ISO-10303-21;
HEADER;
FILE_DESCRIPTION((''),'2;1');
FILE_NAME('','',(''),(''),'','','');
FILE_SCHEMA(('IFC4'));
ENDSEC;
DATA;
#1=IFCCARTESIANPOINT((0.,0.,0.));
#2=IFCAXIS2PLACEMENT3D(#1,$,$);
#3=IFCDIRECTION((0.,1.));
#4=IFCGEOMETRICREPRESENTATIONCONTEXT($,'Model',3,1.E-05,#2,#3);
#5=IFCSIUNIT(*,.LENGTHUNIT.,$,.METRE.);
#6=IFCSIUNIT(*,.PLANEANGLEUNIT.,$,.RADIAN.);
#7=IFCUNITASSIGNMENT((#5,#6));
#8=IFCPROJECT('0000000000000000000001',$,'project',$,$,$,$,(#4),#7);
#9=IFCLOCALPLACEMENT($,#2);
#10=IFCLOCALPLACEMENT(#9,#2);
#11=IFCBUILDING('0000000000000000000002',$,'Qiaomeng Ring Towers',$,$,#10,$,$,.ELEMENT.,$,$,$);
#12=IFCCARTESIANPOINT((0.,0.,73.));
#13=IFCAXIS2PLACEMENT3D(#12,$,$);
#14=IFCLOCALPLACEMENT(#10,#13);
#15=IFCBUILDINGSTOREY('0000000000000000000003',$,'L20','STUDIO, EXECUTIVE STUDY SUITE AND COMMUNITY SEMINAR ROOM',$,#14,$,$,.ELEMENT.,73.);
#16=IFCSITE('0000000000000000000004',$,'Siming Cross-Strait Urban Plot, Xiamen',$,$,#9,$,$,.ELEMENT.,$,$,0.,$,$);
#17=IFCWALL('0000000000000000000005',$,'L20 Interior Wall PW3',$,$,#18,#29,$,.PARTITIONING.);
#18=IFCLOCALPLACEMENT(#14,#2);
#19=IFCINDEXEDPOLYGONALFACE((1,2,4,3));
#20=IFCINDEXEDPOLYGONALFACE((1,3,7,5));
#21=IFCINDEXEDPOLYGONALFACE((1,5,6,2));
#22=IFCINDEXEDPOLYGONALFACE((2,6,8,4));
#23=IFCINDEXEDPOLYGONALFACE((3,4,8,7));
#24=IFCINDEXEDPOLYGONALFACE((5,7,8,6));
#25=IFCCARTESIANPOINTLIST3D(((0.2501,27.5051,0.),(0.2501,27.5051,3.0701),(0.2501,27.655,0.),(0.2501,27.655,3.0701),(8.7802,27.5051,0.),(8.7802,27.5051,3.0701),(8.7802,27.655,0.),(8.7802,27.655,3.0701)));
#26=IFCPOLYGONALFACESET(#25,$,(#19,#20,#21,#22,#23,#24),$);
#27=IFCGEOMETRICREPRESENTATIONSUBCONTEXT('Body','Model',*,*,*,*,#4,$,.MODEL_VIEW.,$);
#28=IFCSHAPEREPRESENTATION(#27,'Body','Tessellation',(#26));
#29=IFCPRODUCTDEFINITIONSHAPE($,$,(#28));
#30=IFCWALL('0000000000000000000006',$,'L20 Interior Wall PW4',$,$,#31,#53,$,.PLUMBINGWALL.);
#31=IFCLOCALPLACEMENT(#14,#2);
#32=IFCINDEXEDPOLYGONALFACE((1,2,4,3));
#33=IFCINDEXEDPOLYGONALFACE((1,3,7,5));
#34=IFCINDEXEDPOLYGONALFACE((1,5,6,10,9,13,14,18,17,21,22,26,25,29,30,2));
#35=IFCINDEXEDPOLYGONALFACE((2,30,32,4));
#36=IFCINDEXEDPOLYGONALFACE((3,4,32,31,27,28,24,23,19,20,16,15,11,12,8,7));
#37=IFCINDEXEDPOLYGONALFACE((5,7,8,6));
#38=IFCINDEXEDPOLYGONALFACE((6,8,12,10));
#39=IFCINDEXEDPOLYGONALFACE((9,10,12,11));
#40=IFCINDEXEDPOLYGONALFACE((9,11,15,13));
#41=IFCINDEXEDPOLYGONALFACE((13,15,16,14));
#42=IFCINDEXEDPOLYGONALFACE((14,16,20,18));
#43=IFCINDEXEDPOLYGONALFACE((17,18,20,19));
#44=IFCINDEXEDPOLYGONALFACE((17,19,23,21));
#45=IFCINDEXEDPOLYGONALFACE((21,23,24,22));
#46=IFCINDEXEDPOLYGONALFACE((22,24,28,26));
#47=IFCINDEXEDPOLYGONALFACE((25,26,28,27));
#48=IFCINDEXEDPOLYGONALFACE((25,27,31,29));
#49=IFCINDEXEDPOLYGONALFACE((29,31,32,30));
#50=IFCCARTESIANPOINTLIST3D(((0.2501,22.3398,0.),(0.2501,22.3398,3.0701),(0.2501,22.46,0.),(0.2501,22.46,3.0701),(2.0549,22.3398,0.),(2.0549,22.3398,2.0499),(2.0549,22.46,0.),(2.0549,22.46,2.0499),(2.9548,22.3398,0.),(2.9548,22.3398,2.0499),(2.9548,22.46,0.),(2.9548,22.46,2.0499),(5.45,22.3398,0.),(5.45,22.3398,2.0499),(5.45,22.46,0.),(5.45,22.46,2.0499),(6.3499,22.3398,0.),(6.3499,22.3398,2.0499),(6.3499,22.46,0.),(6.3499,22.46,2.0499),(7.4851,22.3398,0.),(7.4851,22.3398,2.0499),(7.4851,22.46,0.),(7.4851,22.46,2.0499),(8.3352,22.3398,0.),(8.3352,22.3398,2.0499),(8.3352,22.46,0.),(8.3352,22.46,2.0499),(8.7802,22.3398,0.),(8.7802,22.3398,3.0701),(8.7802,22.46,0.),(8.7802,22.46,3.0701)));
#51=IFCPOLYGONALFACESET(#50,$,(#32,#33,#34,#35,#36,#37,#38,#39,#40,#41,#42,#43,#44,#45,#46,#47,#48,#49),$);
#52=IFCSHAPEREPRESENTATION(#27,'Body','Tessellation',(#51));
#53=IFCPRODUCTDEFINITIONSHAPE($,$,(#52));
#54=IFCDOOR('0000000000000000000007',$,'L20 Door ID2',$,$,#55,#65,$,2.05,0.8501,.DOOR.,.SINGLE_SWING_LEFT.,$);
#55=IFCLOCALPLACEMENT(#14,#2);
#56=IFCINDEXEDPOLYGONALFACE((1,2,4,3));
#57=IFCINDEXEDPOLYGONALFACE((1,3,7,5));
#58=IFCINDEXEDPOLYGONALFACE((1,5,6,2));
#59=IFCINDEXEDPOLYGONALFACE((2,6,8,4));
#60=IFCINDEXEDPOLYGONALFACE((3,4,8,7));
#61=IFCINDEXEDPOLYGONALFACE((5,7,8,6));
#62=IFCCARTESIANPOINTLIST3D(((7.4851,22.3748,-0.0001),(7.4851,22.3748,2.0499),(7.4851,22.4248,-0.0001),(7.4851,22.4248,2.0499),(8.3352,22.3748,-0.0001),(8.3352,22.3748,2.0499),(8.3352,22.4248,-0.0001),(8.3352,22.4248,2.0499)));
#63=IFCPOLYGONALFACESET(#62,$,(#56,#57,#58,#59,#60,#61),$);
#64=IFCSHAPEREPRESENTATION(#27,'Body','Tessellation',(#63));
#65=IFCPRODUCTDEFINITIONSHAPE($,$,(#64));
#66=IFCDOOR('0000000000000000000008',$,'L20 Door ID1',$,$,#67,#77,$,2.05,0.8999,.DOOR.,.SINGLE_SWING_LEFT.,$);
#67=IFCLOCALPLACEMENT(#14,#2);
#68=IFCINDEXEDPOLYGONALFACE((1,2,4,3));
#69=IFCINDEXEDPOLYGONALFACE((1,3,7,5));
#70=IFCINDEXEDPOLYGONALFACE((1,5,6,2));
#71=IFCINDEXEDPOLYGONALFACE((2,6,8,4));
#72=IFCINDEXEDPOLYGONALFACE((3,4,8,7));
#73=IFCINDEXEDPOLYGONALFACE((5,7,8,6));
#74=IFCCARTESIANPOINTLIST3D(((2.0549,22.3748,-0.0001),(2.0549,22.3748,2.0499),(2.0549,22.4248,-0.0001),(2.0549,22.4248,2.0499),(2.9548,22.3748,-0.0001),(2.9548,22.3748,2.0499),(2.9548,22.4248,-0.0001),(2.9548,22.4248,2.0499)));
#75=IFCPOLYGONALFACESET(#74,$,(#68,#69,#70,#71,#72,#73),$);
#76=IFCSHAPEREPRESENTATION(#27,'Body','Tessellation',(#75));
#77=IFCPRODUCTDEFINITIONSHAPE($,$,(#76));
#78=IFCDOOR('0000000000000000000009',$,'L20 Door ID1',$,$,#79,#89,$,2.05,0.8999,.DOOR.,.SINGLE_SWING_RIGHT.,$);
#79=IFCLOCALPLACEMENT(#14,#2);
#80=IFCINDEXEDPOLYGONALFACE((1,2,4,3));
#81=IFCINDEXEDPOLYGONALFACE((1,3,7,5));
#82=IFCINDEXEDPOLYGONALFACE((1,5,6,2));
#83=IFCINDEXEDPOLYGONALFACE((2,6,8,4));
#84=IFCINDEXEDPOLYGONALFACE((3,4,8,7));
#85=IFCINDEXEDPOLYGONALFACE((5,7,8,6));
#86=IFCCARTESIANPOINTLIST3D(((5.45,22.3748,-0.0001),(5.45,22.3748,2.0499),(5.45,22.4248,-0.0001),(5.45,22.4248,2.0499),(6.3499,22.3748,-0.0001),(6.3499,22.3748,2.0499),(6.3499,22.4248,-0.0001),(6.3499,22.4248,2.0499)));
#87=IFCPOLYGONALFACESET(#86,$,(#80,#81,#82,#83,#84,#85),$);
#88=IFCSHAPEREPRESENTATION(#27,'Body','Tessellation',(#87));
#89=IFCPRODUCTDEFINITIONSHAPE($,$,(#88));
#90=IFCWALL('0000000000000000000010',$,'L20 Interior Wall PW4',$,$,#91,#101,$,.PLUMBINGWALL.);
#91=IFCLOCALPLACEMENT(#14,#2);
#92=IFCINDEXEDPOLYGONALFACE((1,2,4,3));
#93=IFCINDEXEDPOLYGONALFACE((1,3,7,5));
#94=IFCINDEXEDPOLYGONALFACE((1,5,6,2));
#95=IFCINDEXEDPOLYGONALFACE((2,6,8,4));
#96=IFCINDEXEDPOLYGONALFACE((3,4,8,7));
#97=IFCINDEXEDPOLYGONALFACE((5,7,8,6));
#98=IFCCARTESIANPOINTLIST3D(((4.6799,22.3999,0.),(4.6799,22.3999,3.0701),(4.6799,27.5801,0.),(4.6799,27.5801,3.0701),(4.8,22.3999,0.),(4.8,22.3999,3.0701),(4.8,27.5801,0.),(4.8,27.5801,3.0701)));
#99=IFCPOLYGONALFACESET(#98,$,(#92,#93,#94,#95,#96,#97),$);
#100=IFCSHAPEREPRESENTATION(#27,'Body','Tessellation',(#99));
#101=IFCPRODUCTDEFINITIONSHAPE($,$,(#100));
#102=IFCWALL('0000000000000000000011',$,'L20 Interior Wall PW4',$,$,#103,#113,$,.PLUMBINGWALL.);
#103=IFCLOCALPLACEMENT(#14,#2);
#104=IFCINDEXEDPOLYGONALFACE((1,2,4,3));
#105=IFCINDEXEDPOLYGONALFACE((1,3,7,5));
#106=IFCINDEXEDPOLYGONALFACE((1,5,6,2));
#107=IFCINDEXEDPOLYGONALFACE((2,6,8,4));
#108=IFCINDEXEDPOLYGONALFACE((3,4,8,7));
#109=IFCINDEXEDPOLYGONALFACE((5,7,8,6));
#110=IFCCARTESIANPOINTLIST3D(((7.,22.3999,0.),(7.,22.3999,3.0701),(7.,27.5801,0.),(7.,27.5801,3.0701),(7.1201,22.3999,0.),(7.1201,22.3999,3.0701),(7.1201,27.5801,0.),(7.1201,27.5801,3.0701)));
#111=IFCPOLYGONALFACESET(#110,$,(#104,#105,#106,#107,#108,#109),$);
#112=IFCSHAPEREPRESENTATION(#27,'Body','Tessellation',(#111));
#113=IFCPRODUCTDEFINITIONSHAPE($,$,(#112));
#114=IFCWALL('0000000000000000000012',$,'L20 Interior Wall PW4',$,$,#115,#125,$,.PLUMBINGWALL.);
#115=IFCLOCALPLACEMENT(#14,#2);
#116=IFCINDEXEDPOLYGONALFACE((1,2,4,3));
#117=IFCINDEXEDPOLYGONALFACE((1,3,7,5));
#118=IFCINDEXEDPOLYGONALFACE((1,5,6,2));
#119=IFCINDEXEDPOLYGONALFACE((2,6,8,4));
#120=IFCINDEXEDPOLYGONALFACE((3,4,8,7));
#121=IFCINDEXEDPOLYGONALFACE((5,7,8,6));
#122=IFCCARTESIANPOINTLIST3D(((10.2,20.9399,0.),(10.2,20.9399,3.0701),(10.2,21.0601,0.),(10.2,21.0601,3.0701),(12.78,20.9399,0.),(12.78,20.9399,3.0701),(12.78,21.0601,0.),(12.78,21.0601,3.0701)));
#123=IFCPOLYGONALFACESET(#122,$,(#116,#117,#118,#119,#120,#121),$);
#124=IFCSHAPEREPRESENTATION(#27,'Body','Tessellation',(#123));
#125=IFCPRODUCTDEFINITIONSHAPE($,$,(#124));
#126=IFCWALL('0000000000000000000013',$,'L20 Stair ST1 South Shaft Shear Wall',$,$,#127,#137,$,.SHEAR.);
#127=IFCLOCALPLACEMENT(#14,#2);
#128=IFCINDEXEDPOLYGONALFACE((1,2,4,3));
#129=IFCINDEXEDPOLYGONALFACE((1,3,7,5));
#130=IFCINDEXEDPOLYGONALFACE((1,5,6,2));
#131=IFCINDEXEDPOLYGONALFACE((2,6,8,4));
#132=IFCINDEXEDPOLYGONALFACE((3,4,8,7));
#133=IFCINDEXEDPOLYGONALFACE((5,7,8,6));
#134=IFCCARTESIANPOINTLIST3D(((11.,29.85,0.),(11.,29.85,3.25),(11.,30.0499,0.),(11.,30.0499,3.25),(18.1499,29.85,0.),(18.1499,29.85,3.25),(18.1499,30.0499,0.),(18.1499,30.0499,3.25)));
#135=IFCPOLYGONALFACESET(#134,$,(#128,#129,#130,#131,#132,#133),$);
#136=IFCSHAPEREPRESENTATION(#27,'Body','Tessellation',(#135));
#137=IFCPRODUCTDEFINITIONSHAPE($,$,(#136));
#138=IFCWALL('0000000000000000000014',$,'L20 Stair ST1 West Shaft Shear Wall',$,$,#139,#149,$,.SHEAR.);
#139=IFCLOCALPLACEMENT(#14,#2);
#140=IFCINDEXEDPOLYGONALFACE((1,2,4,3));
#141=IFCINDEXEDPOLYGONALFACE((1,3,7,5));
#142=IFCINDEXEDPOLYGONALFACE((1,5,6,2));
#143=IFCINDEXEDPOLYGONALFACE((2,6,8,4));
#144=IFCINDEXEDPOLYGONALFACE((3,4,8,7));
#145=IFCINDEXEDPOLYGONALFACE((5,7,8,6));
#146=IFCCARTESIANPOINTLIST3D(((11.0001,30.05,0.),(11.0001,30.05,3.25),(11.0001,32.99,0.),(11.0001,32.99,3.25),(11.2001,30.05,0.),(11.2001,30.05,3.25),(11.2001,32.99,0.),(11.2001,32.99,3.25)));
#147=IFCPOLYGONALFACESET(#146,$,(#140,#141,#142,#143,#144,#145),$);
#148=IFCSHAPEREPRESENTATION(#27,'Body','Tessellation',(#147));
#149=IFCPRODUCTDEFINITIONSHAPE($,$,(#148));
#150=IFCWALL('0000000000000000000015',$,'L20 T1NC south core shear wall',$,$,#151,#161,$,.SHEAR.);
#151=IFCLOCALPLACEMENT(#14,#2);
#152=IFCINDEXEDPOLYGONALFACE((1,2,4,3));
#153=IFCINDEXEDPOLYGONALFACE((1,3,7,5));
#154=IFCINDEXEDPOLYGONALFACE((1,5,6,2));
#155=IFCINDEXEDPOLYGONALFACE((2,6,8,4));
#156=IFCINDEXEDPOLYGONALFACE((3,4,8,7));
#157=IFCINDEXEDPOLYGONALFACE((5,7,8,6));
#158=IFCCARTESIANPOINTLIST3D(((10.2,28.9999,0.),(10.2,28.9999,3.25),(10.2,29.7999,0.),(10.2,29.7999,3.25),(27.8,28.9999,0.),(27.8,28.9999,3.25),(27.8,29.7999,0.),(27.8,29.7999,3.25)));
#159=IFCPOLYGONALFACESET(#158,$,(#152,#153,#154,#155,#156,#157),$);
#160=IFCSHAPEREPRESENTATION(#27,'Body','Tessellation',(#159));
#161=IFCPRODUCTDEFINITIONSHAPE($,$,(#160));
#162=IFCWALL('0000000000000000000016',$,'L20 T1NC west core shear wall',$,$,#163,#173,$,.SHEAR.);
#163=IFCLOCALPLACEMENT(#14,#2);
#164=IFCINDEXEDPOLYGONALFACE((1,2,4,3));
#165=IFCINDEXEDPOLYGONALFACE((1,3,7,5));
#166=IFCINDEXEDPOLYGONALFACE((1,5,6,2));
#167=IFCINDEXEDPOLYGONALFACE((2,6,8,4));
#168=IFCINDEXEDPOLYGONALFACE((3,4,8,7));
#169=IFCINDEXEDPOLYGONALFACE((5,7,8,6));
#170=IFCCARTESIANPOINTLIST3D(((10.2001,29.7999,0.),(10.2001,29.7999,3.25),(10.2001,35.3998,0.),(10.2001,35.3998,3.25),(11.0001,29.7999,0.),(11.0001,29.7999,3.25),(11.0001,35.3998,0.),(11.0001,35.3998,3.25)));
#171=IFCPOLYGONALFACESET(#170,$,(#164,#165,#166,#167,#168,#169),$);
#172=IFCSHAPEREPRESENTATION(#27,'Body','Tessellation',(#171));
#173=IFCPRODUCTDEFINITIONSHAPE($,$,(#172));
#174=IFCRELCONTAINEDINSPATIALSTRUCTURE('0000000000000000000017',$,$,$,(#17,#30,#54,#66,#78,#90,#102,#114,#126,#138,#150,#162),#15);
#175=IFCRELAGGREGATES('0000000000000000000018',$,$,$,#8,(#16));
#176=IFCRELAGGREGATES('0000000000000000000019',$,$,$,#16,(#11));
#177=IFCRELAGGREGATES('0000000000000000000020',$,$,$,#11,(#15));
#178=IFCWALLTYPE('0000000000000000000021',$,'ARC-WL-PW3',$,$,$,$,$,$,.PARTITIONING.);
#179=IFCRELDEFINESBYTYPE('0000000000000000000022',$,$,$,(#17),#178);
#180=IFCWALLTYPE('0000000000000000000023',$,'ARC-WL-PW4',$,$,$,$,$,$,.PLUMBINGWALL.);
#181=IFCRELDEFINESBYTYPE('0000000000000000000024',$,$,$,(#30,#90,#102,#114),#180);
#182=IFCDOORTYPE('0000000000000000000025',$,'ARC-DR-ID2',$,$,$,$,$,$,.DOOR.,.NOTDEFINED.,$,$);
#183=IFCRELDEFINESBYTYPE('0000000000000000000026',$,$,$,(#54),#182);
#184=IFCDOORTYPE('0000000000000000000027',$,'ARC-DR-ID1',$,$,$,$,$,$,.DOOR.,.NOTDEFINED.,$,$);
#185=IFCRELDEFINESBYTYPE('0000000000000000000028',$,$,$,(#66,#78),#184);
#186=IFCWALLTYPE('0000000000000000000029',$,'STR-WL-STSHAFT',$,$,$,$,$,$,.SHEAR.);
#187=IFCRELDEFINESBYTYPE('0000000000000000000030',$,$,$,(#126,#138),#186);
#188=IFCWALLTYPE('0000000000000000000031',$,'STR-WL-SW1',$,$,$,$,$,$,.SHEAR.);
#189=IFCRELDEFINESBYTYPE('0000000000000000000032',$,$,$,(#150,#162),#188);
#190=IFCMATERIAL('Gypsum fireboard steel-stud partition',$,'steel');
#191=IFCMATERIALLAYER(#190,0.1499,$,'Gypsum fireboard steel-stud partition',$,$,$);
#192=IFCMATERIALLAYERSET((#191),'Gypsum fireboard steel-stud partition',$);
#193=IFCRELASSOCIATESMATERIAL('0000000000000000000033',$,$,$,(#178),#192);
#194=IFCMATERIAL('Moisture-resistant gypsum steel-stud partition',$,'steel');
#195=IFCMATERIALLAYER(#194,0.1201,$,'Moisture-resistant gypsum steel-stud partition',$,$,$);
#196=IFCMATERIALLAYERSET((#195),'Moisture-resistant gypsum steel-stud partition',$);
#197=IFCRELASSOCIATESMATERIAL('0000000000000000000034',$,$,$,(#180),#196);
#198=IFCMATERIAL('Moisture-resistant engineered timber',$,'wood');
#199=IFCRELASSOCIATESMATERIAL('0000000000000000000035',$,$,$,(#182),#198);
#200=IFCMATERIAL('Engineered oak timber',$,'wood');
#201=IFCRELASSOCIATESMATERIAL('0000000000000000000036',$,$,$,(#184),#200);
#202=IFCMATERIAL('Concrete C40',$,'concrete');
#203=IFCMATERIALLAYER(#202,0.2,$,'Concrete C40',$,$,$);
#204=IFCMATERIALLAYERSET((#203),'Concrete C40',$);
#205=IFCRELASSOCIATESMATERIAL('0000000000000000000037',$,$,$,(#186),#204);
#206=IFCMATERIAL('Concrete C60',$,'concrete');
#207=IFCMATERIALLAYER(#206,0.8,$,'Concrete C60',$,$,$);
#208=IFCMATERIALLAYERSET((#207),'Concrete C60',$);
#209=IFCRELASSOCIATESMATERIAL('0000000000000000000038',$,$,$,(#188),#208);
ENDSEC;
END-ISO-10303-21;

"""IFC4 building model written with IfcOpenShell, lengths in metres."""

from ifc_helpers import new_model, si_unit, direction, frame, frame_2d, origin, place, context, subcontext, project, spatial, rectangle, extrude, source, transform, mapped, material, layer, layer_set, type_object, element, fill, save


model = new_model("IFC4")

# Units and contexts
model_context = context("Model", 3, precision=1e-05, world=origin(), true_north=direction((0.0, 1.0)))
body_context = subcontext(model_context, "Body", "Model", "MODEL_VIEW")
ifc_project = project(units=[si_unit("LENGTHUNIT", "METRE"), si_unit("PLANEANGLEUNIT", "RADIAN")], contexts=[model_context])

# Site, building, storey
site_placement = place(None, origin())
site = spatial("IfcSite", under=ifc_project, at=site_placement, Name="Siming Cross-Strait Urban Plot, Xiamen", CompositionType="ELEMENT", RefElevation=0.0)
building_placement = place(site_placement, origin())
building = spatial("IfcBuilding", under=site, at=building_placement, Name="Qiaomeng Ring Towers", CompositionType="ELEMENT")
storey_placement = place(building_placement, frame((0.0, 0.0, 73.0)))
storey = spatial("IfcBuildingStorey", under=building, at=storey_placement, Name="L20", Description="STUDIO, EXECUTIVE STUDY SUITE AND COMMUNITY SEMINAR ROOM", CompositionType="ELEMENT", Elevation=73.0)

# Shared definitions
ifc_material_1 = material(Name="Concrete C60", Category="concrete")

# Wall
ifc_material_2 = material(Name="Gypsum fireboard steel-stud partition", Category="steel")
ifc_layer_1 = layer(ifc_material_2, 0.1499, Name="Gypsum fireboard steel-stud partition")
ifc_layer_set_1 = layer_set([ifc_layer_1], Name="Gypsum fireboard steel-stud partition")
wall_type_1 = type_object("IfcWallType", Name="ARC-WL-PW3", PredefinedType="PARTITIONING", material=ifc_layer_set_1)
wall_1_placement = place(storey_placement, frame((0.25, 27.5801, 0.0), z_axis=(0.0, 0.0, 1.0), x_axis=(1.0, 0.0, 0.0)))
element("IfcWall", 1, at=wall_1_placement, inside=storey, type_object=wall_type_1, Name="L20 Interior Wall PW3", PredefinedType="PARTITIONING", context=body_context, shape_type="SweptSolid", body=[
    extrude(rectangle(XDim=8.53, YDim=0.1499, at=frame_2d((4.2651, 0.0))), origin(), (0.0, 0.0, 1.0), 3.0701),
])

# Wall, openings, doors
ifc_material_3 = material(Name="Moisture-resistant gypsum steel-stud partition", Category="steel")
ifc_layer_2 = layer(ifc_material_3, 0.1201, Name="Moisture-resistant gypsum steel-stud partition")
ifc_layer_set_2 = layer_set([ifc_layer_2], Name="Moisture-resistant gypsum steel-stud partition")
wall_type_2 = type_object("IfcWallType", Name="ARC-WL-PW4", PredefinedType="PLUMBINGWALL", material=ifc_layer_set_2)
wall_2_placement = place(storey_placement, frame((0.25, 22.3999, 0.0), z_axis=(0.0, 0.0, 1.0), x_axis=(1.0, 0.0, 0.0)))
wall_2 = element("IfcWall", 2, at=wall_2_placement, inside=storey, type_object=wall_type_2, Name="L20 Interior Wall PW4", PredefinedType="PLUMBINGWALL", context=body_context, shape_type="SweptSolid", body=[
    extrude(rectangle(XDim=8.53, YDim=0.1201, at=frame_2d((4.2651, 0.0))), origin(), (0.0, 0.0, 1.0), 3.0701),
])
opening_1_placement = place(wall_2_placement, frame((1.8049, 0.0, 0.0)))
opening_1 = element("IfcOpeningElement", 3, at=opening_1_placement, cuts=wall_2, PredefinedType="OPENING", context=body_context, shape_type="SweptSolid", body=[
    extrude(rectangle(XDim=0.8999, YDim=2.05, at=frame_2d((0.45, 1.0249))), frame((0.0, 0.0701, 0.0), z_axis=(0.0, -1.0, 0.0), x_axis=(1.0, 0.0, 0.0)), (0.0, 0.0, 1.0), 0.1401),
])
opening_2_placement = place(wall_2_placement, frame((5.2, 0.0, 0.0)))
opening_2 = element("IfcOpeningElement", 4, at=opening_2_placement, cuts=wall_2, PredefinedType="OPENING", context=body_context, shape_type="SweptSolid", body=[
    extrude(rectangle(XDim=0.8999, YDim=2.05, at=frame_2d((0.45, 1.0249))), frame((0.0, 0.0701, 0.0), z_axis=(0.0, -1.0, 0.0), x_axis=(1.0, 0.0, 0.0)), (0.0, 0.0, 1.0), 0.1401),
])
opening_3_placement = place(wall_2_placement, frame((7.2351, 0.0, 0.0)))
opening_3 = element("IfcOpeningElement", 5, at=opening_3_placement, cuts=wall_2, PredefinedType="OPENING", context=body_context, shape_type="SweptSolid", body=[
    extrude(rectangle(XDim=0.8501, YDim=2.05, at=frame_2d((0.425, 1.0249))), frame((0.0, 0.0701, 0.0), z_axis=(0.0, -1.0, 0.0), x_axis=(1.0, 0.0, 0.0)), (0.0, 0.0, 1.0), 0.1401),
])
ifc_material_4 = material(Name="Moisture-resistant engineered timber", Category="wood")
door_type_1 = type_object("IfcDoorType", Name="ARC-DR-ID2", OperationType="NOTDEFINED", PredefinedType="DOOR", material=ifc_material_4)
shared_shape_1 = source(origin(), body_context, "Body", "SweptSolid", [
    extrude(rectangle(XDim=0.8501, YDim=2.05, at=frame_2d((0.425, 1.0249))), frame((0.0, 0.0249, 0.0), z_axis=(0.0, -1.0, 0.0), x_axis=(1.0, 0.0, 0.0)), (0.0, 0.0, 1.0), 0.05),
])
door_1_placement = place(opening_3_placement, origin())
door_1 = element("IfcDoor", 6, at=door_1_placement, inside=storey, type_object=door_type_1, Name="L20 Door ID2", OperationType="SINGLE_SWING_LEFT", OverallHeight=2.05, OverallWidth=0.8501, PredefinedType="DOOR", context=body_context, shape_type="MappedRepresentation", body=[
    mapped(shared_shape_1, transform((0.0, 0.0, 0.0), x_axis=(1.0, 0.0, 0.0), y_axis=(0.0, 1.0, 0.0), z_axis=(0.0, 0.0, 1.0), scale=1.0)),
])
fill(opening_3, door_1)
ifc_material_5 = material(Name="Engineered oak timber", Category="wood")
door_type_2 = type_object("IfcDoorType", Name="ARC-DR-ID1", OperationType="NOTDEFINED", PredefinedType="DOOR", material=ifc_material_5)
shared_shape_2 = source(origin(), body_context, "Body", "SweptSolid", [
    extrude(rectangle(XDim=0.8999, YDim=2.05, at=frame_2d((0.45, 1.0249))), frame((0.0, 0.0249, 0.0), z_axis=(0.0, -1.0, 0.0), x_axis=(1.0, 0.0, 0.0)), (0.0, 0.0, 1.0), 0.05),
])
door_2_placement = place(opening_1_placement, origin())
door_2 = element("IfcDoor", 7, at=door_2_placement, inside=storey, type_object=door_type_2, Name="L20 Door ID1", OperationType="SINGLE_SWING_LEFT", OverallHeight=2.05, OverallWidth=0.8999, PredefinedType="DOOR", context=body_context, shape_type="MappedRepresentation", body=[
    mapped(shared_shape_2, transform((0.0, 0.0, 0.0), x_axis=(1.0, 0.0, 0.0), y_axis=(0.0, 1.0, 0.0), z_axis=(0.0, 0.0, 1.0), scale=1.0)),
])
fill(opening_1, door_2)
door_3_placement = place(opening_2_placement, origin())
door_3 = element("IfcDoor", 8, at=door_3_placement, inside=storey, type_object=door_type_2, Name="L20 Door ID1", OperationType="SINGLE_SWING_RIGHT", OverallHeight=2.05, OverallWidth=0.8999, PredefinedType="DOOR", context=body_context, shape_type="MappedRepresentation", body=[
    mapped(shared_shape_2, transform((0.0, 0.0, 0.0), x_axis=(1.0, 0.0, 0.0), y_axis=(0.0, 1.0, 0.0), z_axis=(0.0, 0.0, 1.0), scale=1.0)),
])
fill(opening_2, door_3)

# Walls
for number, where, z_axis, x_axis, name in (
    (9, (4.74, 22.3999, 0.0), (0.0, 0.0, 1.0), (0.0, 1.0, 0.0), "L20 Interior Wall PW4"),
    (10, (7.0601, 22.3999, 0.0), (0.0, 0.0, 1.0), (0.0, 1.0, 0.0), "L20 Interior Wall PW4"),
):
    element("IfcWall", number, at=place(storey_placement, frame(where, z_axis=z_axis, x_axis=x_axis)), inside=storey, type_object=wall_type_2, Name=name, PredefinedType="PLUMBINGWALL", context=body_context, shape_type="SweptSolid", body=[
        extrude(rectangle(XDim=5.1802, YDim=0.1201, at=frame_2d((2.5901, 0.0))), origin(), (0.0, 0.0, 1.0), 3.0701),
    ])
wall_3_placement = place(storey_placement, frame((10.2, 21.0, 0.0), z_axis=(0.0, 0.0, 1.0), x_axis=(1.0, 0.0, 0.0)))
element("IfcWall", 11, at=wall_3_placement, inside=storey, type_object=wall_type_2, Name="L20 Interior Wall PW4", PredefinedType="PLUMBINGWALL", context=body_context, shape_type="SweptSolid", body=[
    extrude(rectangle(XDim=2.5801, YDim=0.1201, at=frame_2d((1.29, 0.0))), origin(), (0.0, 0.0, 1.0), 3.0701),
])
ifc_material_6 = material(Name="Concrete C40", Category="concrete")
ifc_layer_3 = layer(ifc_material_6, 0.2, Name="Concrete C40")
ifc_layer_set_3 = layer_set([ifc_layer_3], Name="Concrete C40")
wall_type_3 = type_object("IfcWallType", Name="STR-WL-STSHAFT", PredefinedType="SHEAR", material=ifc_layer_set_3)
wall_4_placement = place(storey_placement, frame((11.0, 29.95, 0.0), z_axis=(0.0, 0.0, 1.0), x_axis=(1.0, 0.0, 0.0)))
element("IfcWall", 12, at=wall_4_placement, inside=storey, type_object=wall_type_3, Name="L20 Stair ST1 South Shaft Shear Wall", PredefinedType="SHEAR", context=body_context, shape_type="SweptSolid", body=[
    extrude(rectangle(XDim=7.1499, YDim=0.2, at=frame_2d((3.575, 0.0))), origin(), (0.0, 0.0, 1.0), 3.25),
])
wall_5_placement = place(storey_placement, frame((11.1001, 30.05, 0.0), z_axis=(0.0, 0.0, 1.0), x_axis=(0.0, 1.0, 0.0)))
element("IfcWall", 13, at=wall_5_placement, inside=storey, type_object=wall_type_3, Name="L20 Stair ST1 West Shaft Shear Wall", PredefinedType="SHEAR", context=body_context, shape_type="SweptSolid", body=[
    extrude(rectangle(XDim=2.9399, YDim=0.2, at=frame_2d((1.47, 0.0))), origin(), (0.0, 0.0, 1.0), 3.25),
])
ifc_layer_4 = layer(ifc_material_1, 0.8, Name="Concrete C60")
ifc_layer_set_4 = layer_set([ifc_layer_4], Name="Concrete C60")
wall_type_4 = type_object("IfcWallType", Name="STR-WL-SW1", PredefinedType="SHEAR", material=ifc_layer_set_4)
wall_6_placement = place(storey_placement, frame((10.2, 29.3999, 0.0), z_axis=(0.0, 0.0, 1.0), x_axis=(1.0, 0.0, 0.0)))
element("IfcWall", 14, at=wall_6_placement, inside=storey, type_object=wall_type_4, Name="L20 T1NC south core shear wall", PredefinedType="SHEAR", context=body_context, shape_type="SweptSolid", body=[
    extrude(rectangle(XDim=17.6001, YDim=0.8, at=frame_2d((8.8, 0.0))), origin(), (0.0, 0.0, 1.0), 3.25),
])
wall_7_placement = place(storey_placement, frame((10.6001, 29.8, 0.0), z_axis=(0.0, 0.0, 1.0), x_axis=(0.0, 1.0, 0.0)))
element("IfcWall", 15, at=wall_7_placement, inside=storey, type_object=wall_type_4, Name="L20 T1NC west core shear wall", PredefinedType="SHEAR", context=body_context, shape_type="SweptSolid", body=[
    extrude(rectangle(XDim=5.5999, YDim=0.8, at=frame_2d((2.7998, 0.0))), origin(), (0.0, 0.0, 1.0), 3.25),
])

save(model, "model.ifc")
